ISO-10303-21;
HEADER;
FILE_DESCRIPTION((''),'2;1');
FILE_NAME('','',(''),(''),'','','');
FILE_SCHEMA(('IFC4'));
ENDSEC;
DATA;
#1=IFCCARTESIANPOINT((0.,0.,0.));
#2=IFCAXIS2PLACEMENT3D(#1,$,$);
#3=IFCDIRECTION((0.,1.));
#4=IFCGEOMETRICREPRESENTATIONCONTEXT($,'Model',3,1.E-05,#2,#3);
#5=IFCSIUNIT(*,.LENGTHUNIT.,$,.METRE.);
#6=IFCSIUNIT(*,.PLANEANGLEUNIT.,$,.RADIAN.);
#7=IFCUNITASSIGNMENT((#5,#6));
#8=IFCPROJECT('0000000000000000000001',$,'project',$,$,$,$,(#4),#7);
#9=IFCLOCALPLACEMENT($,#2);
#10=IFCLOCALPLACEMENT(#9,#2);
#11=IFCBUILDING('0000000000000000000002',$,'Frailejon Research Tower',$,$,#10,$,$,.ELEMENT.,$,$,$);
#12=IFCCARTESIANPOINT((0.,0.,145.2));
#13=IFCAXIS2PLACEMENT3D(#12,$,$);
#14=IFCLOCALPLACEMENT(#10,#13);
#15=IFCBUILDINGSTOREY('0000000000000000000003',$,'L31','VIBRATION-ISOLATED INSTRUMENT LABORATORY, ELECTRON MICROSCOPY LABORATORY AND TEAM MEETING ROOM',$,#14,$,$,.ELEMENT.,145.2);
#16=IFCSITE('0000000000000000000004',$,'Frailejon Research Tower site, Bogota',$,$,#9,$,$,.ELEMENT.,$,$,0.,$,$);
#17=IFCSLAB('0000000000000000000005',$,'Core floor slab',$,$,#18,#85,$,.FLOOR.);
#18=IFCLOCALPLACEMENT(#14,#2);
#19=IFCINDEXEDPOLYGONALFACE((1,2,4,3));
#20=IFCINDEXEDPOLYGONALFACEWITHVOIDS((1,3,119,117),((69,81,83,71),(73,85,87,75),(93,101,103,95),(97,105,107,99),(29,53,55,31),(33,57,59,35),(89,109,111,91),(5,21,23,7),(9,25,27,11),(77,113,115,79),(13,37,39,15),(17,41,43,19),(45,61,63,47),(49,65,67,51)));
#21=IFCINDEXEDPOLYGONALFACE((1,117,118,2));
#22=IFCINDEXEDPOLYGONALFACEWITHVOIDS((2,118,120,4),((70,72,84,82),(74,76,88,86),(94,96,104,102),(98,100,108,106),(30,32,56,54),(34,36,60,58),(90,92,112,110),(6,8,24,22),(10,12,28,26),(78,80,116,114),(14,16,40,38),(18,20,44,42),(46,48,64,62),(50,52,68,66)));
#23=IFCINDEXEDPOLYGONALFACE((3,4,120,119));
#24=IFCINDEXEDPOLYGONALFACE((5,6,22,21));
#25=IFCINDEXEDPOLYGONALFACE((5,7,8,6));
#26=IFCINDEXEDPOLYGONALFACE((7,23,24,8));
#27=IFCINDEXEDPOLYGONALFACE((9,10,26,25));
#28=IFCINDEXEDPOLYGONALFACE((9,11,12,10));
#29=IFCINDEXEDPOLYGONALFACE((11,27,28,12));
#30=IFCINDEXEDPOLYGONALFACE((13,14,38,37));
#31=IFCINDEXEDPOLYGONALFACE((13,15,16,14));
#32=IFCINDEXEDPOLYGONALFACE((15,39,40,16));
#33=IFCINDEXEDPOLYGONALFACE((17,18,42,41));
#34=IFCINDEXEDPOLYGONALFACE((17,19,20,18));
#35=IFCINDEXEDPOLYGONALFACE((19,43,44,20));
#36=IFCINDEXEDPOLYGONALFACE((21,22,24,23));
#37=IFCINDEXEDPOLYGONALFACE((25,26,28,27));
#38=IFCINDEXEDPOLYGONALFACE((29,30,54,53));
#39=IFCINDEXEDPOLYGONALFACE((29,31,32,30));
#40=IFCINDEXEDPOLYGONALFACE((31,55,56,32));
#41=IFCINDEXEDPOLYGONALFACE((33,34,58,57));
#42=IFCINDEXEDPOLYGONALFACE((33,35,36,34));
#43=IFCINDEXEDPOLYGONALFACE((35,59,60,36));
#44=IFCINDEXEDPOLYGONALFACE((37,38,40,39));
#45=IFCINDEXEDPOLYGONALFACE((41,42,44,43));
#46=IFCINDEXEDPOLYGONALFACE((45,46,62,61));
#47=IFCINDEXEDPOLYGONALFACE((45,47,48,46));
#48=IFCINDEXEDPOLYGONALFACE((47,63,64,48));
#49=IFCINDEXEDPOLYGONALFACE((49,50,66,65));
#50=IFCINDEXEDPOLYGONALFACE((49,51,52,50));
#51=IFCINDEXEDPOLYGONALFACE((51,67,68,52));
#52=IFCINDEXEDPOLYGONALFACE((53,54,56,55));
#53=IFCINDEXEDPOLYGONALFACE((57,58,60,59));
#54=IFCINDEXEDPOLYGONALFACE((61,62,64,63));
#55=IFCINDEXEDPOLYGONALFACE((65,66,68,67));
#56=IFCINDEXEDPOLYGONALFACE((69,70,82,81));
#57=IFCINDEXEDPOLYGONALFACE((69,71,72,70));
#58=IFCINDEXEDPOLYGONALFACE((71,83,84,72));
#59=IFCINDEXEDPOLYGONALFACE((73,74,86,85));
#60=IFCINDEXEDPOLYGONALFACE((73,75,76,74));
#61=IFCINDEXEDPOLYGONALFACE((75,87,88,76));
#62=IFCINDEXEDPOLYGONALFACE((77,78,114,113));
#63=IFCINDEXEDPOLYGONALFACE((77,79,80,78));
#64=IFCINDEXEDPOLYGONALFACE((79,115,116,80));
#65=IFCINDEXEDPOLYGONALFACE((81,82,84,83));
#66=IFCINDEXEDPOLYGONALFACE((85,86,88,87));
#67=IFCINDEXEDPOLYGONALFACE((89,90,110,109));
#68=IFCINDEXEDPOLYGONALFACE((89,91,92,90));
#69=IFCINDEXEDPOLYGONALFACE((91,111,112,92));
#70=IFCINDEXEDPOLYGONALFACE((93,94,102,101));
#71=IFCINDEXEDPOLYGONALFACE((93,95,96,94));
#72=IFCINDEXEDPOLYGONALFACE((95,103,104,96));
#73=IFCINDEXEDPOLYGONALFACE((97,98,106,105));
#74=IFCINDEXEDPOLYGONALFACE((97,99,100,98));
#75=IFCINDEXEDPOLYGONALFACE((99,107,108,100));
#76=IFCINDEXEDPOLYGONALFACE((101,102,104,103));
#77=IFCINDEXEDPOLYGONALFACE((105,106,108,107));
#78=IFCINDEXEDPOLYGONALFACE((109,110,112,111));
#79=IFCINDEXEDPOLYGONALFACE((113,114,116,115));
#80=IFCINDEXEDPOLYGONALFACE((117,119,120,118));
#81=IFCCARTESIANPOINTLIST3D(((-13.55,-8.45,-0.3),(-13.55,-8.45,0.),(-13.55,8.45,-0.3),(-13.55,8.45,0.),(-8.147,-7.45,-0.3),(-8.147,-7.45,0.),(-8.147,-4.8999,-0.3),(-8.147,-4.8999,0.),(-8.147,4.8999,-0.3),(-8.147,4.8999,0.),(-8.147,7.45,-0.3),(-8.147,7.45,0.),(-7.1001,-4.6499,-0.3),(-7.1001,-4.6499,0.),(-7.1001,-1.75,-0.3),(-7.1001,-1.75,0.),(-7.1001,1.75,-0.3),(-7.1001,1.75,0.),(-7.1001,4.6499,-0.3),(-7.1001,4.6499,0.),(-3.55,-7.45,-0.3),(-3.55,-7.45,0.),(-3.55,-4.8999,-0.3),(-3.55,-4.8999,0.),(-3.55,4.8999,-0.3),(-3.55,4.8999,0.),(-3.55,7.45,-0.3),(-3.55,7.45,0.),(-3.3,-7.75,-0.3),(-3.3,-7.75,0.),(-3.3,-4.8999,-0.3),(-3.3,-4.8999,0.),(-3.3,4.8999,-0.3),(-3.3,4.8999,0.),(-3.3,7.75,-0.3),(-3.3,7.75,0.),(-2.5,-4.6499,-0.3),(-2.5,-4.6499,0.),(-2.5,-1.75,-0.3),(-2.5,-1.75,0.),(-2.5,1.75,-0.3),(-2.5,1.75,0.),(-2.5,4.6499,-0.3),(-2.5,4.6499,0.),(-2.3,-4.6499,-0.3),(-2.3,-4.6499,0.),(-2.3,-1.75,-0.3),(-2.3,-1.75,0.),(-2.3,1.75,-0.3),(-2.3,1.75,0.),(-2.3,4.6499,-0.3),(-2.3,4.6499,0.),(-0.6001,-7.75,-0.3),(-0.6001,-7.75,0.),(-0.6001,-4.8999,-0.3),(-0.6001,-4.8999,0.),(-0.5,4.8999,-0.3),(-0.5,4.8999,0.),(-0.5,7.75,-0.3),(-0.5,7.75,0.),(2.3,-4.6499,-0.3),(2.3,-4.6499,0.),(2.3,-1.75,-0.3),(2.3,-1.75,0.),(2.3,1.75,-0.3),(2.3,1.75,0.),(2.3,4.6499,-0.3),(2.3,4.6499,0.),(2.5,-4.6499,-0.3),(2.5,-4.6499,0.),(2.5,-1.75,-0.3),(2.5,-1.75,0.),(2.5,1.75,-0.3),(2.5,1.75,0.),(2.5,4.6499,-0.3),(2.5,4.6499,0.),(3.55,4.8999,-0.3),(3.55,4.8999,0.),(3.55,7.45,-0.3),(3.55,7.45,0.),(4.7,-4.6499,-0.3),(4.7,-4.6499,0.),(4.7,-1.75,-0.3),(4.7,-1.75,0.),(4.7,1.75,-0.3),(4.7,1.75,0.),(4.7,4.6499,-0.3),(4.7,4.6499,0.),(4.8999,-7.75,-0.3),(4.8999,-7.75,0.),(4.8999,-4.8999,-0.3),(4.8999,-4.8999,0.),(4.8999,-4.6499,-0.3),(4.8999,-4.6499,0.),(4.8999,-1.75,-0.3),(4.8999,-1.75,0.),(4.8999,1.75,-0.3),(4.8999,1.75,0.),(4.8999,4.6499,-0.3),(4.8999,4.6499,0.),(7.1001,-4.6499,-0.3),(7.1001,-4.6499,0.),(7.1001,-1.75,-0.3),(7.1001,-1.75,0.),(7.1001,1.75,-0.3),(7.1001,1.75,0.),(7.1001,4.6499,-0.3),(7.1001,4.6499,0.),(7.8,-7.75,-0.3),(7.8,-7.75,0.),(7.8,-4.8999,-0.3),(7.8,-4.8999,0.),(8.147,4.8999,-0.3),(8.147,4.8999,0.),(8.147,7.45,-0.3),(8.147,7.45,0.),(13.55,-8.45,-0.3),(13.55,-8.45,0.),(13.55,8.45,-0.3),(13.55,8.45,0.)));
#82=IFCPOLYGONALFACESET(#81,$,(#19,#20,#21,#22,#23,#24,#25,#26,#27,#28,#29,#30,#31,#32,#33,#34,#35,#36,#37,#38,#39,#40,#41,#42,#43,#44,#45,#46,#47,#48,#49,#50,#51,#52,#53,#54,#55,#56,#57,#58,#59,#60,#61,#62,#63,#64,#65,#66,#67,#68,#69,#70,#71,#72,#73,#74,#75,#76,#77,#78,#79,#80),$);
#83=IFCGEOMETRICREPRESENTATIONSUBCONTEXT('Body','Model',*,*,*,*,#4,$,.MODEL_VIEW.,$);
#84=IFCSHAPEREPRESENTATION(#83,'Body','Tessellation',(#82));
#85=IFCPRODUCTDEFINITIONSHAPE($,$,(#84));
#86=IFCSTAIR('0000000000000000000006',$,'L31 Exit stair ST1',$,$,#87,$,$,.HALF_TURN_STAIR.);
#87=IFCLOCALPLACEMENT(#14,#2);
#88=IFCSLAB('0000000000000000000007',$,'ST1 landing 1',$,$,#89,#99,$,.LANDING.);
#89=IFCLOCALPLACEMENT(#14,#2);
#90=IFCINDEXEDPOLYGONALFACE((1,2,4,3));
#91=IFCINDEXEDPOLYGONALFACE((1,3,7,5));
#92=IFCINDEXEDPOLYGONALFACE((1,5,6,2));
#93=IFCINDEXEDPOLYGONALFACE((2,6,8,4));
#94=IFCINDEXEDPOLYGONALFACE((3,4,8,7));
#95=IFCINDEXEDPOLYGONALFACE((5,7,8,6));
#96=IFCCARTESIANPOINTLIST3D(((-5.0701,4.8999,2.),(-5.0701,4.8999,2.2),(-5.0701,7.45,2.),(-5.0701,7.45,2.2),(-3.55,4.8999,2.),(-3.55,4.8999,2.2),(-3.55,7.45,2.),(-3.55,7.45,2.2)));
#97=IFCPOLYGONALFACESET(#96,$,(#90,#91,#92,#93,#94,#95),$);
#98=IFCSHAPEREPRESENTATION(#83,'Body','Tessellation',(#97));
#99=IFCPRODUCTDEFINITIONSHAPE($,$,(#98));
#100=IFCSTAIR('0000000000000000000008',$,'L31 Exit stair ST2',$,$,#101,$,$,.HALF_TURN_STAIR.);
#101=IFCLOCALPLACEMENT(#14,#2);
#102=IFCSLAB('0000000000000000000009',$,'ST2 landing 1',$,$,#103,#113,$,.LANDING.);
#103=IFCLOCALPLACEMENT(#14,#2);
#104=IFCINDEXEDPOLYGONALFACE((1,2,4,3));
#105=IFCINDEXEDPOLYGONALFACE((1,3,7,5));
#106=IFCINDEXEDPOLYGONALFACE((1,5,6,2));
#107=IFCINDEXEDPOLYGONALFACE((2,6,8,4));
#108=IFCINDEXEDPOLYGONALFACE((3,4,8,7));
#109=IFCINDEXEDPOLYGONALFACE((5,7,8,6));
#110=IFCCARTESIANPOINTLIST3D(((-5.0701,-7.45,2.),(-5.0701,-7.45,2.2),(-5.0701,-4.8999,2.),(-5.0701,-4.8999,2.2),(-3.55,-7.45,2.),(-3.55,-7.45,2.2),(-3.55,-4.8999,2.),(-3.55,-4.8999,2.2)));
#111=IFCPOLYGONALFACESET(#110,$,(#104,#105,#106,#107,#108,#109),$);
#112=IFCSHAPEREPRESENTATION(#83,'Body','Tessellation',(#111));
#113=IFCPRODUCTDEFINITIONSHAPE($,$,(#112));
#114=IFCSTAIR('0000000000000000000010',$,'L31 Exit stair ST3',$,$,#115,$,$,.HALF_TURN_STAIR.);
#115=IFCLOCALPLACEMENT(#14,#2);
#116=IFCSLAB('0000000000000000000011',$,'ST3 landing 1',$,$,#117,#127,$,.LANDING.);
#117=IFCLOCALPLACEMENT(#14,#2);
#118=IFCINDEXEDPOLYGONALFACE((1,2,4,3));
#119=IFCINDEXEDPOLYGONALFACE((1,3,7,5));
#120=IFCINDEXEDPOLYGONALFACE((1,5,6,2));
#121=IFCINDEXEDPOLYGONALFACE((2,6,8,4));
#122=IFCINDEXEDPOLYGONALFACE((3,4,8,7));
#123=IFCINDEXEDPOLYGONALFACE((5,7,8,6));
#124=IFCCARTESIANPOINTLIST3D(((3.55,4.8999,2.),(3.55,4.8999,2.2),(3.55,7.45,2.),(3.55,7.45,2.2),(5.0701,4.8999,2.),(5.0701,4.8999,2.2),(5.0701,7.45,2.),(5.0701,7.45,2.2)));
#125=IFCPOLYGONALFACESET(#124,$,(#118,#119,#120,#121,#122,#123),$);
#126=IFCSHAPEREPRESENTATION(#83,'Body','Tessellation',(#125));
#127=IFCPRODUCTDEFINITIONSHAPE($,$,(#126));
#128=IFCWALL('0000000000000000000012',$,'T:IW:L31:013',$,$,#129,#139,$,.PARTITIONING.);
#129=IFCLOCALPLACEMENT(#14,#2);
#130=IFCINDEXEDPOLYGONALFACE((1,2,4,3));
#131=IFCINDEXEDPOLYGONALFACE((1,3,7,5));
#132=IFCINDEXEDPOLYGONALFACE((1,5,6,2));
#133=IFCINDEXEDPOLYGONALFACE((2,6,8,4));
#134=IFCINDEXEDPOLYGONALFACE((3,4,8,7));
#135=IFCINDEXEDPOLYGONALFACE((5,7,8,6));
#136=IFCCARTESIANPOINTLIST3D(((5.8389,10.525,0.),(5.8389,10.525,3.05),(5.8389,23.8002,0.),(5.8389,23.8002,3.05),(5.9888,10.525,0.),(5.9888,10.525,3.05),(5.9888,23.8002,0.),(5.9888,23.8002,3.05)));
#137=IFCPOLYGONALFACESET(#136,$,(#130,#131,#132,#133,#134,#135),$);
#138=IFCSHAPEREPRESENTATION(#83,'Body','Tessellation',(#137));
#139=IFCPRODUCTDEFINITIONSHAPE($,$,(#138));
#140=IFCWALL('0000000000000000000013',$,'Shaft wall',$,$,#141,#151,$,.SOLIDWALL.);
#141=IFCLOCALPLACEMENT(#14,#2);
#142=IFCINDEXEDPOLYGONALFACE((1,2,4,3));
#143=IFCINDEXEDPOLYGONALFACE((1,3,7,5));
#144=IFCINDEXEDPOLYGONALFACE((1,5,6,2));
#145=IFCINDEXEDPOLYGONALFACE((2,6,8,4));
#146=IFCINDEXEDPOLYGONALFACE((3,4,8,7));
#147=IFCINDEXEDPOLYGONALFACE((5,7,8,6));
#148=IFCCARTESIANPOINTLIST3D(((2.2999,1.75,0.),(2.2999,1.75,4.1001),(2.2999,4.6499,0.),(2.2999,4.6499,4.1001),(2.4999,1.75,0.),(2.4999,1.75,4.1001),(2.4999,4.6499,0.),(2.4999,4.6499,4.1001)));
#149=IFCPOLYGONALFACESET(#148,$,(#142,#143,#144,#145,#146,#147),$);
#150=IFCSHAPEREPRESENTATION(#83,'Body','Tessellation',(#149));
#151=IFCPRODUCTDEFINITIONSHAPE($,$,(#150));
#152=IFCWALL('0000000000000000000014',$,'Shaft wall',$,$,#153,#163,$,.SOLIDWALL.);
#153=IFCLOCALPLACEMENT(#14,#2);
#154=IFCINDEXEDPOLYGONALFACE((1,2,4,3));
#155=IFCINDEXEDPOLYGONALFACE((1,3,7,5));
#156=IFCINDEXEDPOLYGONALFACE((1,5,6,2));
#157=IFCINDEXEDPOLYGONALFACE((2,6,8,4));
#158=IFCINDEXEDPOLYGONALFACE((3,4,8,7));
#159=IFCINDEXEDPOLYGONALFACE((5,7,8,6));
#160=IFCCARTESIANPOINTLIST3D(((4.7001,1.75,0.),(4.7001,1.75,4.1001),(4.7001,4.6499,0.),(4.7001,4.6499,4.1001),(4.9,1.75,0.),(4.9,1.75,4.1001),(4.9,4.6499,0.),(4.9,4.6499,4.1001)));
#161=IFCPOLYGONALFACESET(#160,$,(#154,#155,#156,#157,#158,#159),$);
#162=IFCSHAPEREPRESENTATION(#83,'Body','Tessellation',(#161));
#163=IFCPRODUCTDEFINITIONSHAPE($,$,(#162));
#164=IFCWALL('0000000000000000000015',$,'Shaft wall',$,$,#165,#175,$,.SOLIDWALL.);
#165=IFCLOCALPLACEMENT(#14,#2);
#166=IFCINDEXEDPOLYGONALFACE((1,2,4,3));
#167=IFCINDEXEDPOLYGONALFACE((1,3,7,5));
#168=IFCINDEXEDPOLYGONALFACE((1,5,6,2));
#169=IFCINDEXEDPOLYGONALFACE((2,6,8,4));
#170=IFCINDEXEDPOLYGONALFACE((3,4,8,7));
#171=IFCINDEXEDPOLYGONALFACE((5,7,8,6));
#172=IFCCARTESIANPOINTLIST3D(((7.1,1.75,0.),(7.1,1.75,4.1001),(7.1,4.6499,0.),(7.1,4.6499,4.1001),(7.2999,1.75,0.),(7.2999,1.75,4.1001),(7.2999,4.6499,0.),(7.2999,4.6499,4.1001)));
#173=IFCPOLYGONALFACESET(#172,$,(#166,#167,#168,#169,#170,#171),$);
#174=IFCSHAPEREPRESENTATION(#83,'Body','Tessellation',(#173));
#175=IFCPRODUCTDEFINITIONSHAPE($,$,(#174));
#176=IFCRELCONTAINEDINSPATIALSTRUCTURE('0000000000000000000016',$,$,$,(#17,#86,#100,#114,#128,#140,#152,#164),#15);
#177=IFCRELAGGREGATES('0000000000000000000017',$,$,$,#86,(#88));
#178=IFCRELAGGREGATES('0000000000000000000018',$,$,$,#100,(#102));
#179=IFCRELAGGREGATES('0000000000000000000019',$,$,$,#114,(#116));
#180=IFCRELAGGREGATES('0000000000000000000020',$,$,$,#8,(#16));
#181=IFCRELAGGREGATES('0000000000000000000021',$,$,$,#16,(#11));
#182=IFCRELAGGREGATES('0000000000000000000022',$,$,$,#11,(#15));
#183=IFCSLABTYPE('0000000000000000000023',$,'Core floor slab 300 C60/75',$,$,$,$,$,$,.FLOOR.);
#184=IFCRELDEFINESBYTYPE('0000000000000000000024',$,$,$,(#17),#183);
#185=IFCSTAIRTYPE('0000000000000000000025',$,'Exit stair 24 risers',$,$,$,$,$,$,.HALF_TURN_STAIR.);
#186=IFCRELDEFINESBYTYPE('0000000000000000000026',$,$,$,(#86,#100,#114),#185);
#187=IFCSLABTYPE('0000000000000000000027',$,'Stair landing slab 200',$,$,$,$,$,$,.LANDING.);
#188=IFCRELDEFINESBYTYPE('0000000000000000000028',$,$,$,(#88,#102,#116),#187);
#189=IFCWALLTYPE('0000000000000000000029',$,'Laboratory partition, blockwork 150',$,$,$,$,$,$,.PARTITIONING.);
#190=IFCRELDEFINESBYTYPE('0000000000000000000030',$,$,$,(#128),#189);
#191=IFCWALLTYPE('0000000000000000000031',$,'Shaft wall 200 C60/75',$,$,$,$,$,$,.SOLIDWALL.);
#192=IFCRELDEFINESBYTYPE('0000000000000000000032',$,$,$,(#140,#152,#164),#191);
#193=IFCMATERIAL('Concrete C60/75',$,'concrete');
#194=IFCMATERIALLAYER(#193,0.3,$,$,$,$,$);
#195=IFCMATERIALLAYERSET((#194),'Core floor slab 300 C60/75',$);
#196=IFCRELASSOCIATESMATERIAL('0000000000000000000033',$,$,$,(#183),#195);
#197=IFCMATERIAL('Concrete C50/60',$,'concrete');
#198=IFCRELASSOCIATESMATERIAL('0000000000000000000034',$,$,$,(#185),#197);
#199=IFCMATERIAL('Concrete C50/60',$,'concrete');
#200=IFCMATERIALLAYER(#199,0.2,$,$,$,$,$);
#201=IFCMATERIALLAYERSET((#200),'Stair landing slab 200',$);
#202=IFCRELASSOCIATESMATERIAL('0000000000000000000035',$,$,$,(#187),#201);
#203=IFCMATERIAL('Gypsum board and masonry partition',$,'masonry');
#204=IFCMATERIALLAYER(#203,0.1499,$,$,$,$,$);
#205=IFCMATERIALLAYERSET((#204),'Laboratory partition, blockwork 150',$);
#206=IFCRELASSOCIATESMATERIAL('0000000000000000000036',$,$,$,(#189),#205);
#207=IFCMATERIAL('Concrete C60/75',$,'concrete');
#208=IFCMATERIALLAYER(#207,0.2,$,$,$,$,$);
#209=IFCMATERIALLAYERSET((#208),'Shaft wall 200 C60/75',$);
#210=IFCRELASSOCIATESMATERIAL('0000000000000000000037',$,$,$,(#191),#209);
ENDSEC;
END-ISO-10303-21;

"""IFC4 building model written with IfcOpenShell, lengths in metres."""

from ifc_helpers import new_model, si_unit, direction, frame, frame_2d, origin, place, context, subcontext, project, spatial, polyline, rectangle, outline, extrude, material, layer, layer_set, type_object, element, aggregate, save


model = new_model("IFC4")

# Units and contexts
model_context = context("Model", 3, precision=1e-05, world=origin(), true_north=direction((0.0, 1.0)))
body_context = subcontext(model_context, "Body", "Model", "MODEL_VIEW")
ifc_project = project(units=[si_unit("LENGTHUNIT", "METRE"), si_unit("PLANEANGLEUNIT", "RADIAN")], contexts=[model_context])

# Site, building, storey
site_placement = place(None, origin())
site = spatial("IfcSite", under=ifc_project, at=site_placement, Name="Frailejon Research Tower site, Bogota", CompositionType="ELEMENT", RefElevation=0.0)
building_placement = place(site_placement, origin())
building = spatial("IfcBuilding", under=site, at=building_placement, Name="Frailejon Research Tower", CompositionType="ELEMENT")
storey_placement = place(building_placement, frame((0.0, 0.0, 145.2)))
storey = spatial("IfcBuildingStorey", under=building, at=storey_placement, Name="L31", Description="VIBRATION-ISOLATED INSTRUMENT LABORATORY, ELECTRON MICROSCOPY LABORATORY AND TEAM MEETING ROOM", CompositionType="ELEMENT", Elevation=145.2)

# Slab
ifc_material_1 = material(Name="Concrete C60/75", Category="concrete")
ifc_layer_1 = layer(ifc_material_1, 0.3)
ifc_layer_set_1 = layer_set([ifc_layer_1], Name="Core floor slab 300 C60/75")
slab_type_1 = type_object("IfcSlabType", Name="Core floor slab 300 C60/75", PredefinedType="FLOOR", material=ifc_layer_set_1)
slab_1_placement = place(storey_placement, frame((0.0, 0.0, -0.3)))
element("IfcSlab", 1, at=slab_1_placement, inside=storey, type_object=slab_type_1, Name="Core floor slab", PredefinedType="FLOOR", context=body_context, shape_type="SweptSolid", body=[
    extrude(outline(polyline([(13.55, -8.45), (13.55, 8.45), (-13.55, 8.45), (-13.55, -8.45), (13.55, -8.45)]), holes=[polyline([(-2.5, 1.75), (-2.5, 4.6499), (-7.1001, 4.6499), (-7.1001, 1.75), (-2.5, 1.75)]), polyline([(2.3, 1.75), (2.3, 4.6499), (-2.3, 4.6499), (-2.3, 1.75), (2.3, 1.75)]), polyline([(4.7, 1.75), (4.7, 4.6499), (2.5, 4.6499), (2.5, 1.75), (4.7, 1.75)]), polyline([(7.1001, 1.75), (7.1001, 4.6499), (4.8999, 4.6499), (4.8999, 1.75), (7.1001, 1.75)]), polyline([(-2.5, -4.6499), (-2.5, -1.75), (-7.1001, -1.75), (-7.1001, -4.6499), (-2.5, -4.6499)]), polyline([(2.3, -4.6499), (2.3, -1.75), (-2.3, -1.75), (-2.3, -4.6499), (2.3, -4.6499)]), polyline([(4.7, -4.6499), (4.7, -1.75), (2.5, -1.75), (2.5, -4.6499), (4.7, -4.6499)]), polyline([(7.1001, -4.6499), (7.1001, -1.75), (4.8999, -1.75), (4.8999, -4.6499), (7.1001, -4.6499)]), polyline([(-8.147, 4.8999), (-3.55, 4.8999), (-3.55, 7.45), (-8.147, 7.45), (-8.147, 4.8999)]), polyline([(-8.147, -7.45), (-3.55, -7.45), (-3.55, -4.8999), (-8.147, -4.8999), (-8.147, -7.45)]), polyline([(8.147, 7.45), (3.55, 7.45), (3.55, 4.8999), (8.147, 4.8999), (8.147, 7.45)]), polyline([(-0.6001, -7.75), (-0.6001, -4.8999), (-3.3, -4.8999), (-3.3, -7.75), (-0.6001, -7.75)]), polyline([(7.8, -7.75), (7.8, -4.8999), (4.8999, -4.8999), (4.8999, -7.75), (7.8, -7.75)]), polyline([(-0.5, 4.8999), (-0.5, 7.75), (-3.3, 7.75), (-3.3, 4.8999), (-0.5, 4.8999)])]), origin(), (0.0, 0.0, 1.0), 0.3),
])

# Stairs, slabs
ifc_material_2 = material(Name="Concrete C50/60", Category="concrete")
stair_type = type_object("IfcStairType", Name="Exit stair 24 risers", PredefinedType="HALF_TURN_STAIR", material=ifc_material_2)
stair_1_placement = place(storey_placement, origin())
stair_1 = element("IfcStair", 2, at=stair_1_placement, inside=storey, type_object=stair_type, Name="L31 Exit stair ST1", PredefinedType="HALF_TURN_STAIR")
ifc_material_3 = material(Name="Concrete C50/60", Category="concrete")
ifc_layer_2 = layer(ifc_material_3, 0.2)
ifc_layer_set_2 = layer_set([ifc_layer_2], Name="Stair landing slab 200")
slab_type_2 = type_object("IfcSlabType", Name="Stair landing slab 200", PredefinedType="LANDING", material=ifc_layer_set_2)
slab_2_placement = place(storey_placement, frame((0.0, 0.0, 2.0)))
slab_2 = element("IfcSlab", 3, at=slab_2_placement, type_object=slab_type_2, Name="ST1 landing 1", PredefinedType="LANDING", context=body_context, shape_type="SweptSolid", body=[
    extrude(outline(polyline([(-5.0701, 4.8999), (-3.55, 4.8999), (-3.55, 7.45), (-5.0701, 7.45), (-5.0701, 4.8999)])), origin(), (0.0, 0.0, 1.0), 0.2),
])
aggregate(stair_1, [slab_2])
stair_2_placement = place(storey_placement, origin())
stair_2 = element("IfcStair", 4, at=stair_2_placement, inside=storey, type_object=stair_type, Name="L31 Exit stair ST2", PredefinedType="HALF_TURN_STAIR")
slab_3_placement = place(storey_placement, frame((0.0, 0.0, 2.0)))
slab_3 = element("IfcSlab", 5, at=slab_3_placement, type_object=slab_type_2, Name="ST2 landing 1", PredefinedType="LANDING", context=body_context, shape_type="SweptSolid", body=[
    extrude(outline(polyline([(-5.0701, -7.45), (-3.55, -7.45), (-3.55, -4.8999), (-5.0701, -4.8999), (-5.0701, -7.45)])), origin(), (0.0, 0.0, 1.0), 0.2),
])
aggregate(stair_2, [slab_3])
stair_3_placement = place(storey_placement, origin())
stair_3 = element("IfcStair", 6, at=stair_3_placement, inside=storey, type_object=stair_type, Name="L31 Exit stair ST3", PredefinedType="HALF_TURN_STAIR")
slab_4_placement = place(storey_placement, frame((0.0, 0.0, 2.0)))
slab_4 = element("IfcSlab", 7, at=slab_4_placement, type_object=slab_type_2, Name="ST3 landing 1", PredefinedType="LANDING", context=body_context, shape_type="SweptSolid", body=[
    extrude(outline(polyline([(5.0701, 7.45), (3.55, 7.45), (3.55, 4.8999), (5.0701, 4.8999), (5.0701, 7.45)])), origin(), (0.0, 0.0, 1.0), 0.2),
])

# Walls
ifc_material_4 = material(Name="Gypsum board and masonry partition", Category="masonry")
ifc_layer_3 = layer(ifc_material_4, 0.1499)
ifc_layer_set_3 = layer_set([ifc_layer_3], Name="Laboratory partition, blockwork 150")
wall_type_1 = type_object("IfcWallType", Name="Laboratory partition, blockwork 150", PredefinedType="PARTITIONING", material=ifc_layer_set_3)
wall_1_placement = place(storey_placement, frame((5.9138, 10.5249, 0.0), z_axis=(0.0, 0.0, 1.0), x_axis=(0.0, 1.0, 0.0)))
element("IfcWall", 8, at=wall_1_placement, inside=storey, type_object=wall_type_1, Name="T:IW:L31:013", PredefinedType="PARTITIONING", context=body_context, shape_type="SweptSolid", body=[
    extrude(rectangle(XDim=13.2751, YDim=0.1499, at=frame_2d((6.6377, 0.0))), origin(), (0.0, 0.0, 1.0), 3.05),
])
ifc_material_5 = material(Name="Concrete C60/75", Category="concrete")
ifc_layer_4 = layer(ifc_material_5, 0.2)
ifc_layer_set_4 = layer_set([ifc_layer_4], Name="Shaft wall 200 C60/75")
wall_type_2 = type_object("IfcWallType", Name="Shaft wall 200 C60/75", PredefinedType="SOLIDWALL", material=ifc_layer_set_4)
for number, where, z_axis, x_axis, name in (
    (9, (2.3999, 1.75, 0.0), (0.0, 0.0, 1.0), (0.0, 1.0, 0.0), "Shaft wall"),
    (10, (4.8, 1.75, 0.0), (0.0, 0.0, 1.0), (0.0, 1.0, 0.0), "Shaft wall"),
    (11, (7.2, 1.75, 0.0), (0.0, 0.0, 1.0), (0.0, 1.0, 0.0), "Shaft wall"),
):
    element("IfcWall", number, at=place(storey_placement, frame(where, z_axis=z_axis, x_axis=x_axis)), inside=storey, type_object=wall_type_2, Name=name, PredefinedType="SOLIDWALL", context=body_context, shape_type="SweptSolid", body=[
        extrude(rectangle(XDim=2.8999, YDim=0.2, at=frame_2d((1.45, 0.0))), origin(), (0.0, 0.0, 1.0), 4.1001),
    ])

aggregate(stair_3, [slab_4])

save(model, "model.ifc")
